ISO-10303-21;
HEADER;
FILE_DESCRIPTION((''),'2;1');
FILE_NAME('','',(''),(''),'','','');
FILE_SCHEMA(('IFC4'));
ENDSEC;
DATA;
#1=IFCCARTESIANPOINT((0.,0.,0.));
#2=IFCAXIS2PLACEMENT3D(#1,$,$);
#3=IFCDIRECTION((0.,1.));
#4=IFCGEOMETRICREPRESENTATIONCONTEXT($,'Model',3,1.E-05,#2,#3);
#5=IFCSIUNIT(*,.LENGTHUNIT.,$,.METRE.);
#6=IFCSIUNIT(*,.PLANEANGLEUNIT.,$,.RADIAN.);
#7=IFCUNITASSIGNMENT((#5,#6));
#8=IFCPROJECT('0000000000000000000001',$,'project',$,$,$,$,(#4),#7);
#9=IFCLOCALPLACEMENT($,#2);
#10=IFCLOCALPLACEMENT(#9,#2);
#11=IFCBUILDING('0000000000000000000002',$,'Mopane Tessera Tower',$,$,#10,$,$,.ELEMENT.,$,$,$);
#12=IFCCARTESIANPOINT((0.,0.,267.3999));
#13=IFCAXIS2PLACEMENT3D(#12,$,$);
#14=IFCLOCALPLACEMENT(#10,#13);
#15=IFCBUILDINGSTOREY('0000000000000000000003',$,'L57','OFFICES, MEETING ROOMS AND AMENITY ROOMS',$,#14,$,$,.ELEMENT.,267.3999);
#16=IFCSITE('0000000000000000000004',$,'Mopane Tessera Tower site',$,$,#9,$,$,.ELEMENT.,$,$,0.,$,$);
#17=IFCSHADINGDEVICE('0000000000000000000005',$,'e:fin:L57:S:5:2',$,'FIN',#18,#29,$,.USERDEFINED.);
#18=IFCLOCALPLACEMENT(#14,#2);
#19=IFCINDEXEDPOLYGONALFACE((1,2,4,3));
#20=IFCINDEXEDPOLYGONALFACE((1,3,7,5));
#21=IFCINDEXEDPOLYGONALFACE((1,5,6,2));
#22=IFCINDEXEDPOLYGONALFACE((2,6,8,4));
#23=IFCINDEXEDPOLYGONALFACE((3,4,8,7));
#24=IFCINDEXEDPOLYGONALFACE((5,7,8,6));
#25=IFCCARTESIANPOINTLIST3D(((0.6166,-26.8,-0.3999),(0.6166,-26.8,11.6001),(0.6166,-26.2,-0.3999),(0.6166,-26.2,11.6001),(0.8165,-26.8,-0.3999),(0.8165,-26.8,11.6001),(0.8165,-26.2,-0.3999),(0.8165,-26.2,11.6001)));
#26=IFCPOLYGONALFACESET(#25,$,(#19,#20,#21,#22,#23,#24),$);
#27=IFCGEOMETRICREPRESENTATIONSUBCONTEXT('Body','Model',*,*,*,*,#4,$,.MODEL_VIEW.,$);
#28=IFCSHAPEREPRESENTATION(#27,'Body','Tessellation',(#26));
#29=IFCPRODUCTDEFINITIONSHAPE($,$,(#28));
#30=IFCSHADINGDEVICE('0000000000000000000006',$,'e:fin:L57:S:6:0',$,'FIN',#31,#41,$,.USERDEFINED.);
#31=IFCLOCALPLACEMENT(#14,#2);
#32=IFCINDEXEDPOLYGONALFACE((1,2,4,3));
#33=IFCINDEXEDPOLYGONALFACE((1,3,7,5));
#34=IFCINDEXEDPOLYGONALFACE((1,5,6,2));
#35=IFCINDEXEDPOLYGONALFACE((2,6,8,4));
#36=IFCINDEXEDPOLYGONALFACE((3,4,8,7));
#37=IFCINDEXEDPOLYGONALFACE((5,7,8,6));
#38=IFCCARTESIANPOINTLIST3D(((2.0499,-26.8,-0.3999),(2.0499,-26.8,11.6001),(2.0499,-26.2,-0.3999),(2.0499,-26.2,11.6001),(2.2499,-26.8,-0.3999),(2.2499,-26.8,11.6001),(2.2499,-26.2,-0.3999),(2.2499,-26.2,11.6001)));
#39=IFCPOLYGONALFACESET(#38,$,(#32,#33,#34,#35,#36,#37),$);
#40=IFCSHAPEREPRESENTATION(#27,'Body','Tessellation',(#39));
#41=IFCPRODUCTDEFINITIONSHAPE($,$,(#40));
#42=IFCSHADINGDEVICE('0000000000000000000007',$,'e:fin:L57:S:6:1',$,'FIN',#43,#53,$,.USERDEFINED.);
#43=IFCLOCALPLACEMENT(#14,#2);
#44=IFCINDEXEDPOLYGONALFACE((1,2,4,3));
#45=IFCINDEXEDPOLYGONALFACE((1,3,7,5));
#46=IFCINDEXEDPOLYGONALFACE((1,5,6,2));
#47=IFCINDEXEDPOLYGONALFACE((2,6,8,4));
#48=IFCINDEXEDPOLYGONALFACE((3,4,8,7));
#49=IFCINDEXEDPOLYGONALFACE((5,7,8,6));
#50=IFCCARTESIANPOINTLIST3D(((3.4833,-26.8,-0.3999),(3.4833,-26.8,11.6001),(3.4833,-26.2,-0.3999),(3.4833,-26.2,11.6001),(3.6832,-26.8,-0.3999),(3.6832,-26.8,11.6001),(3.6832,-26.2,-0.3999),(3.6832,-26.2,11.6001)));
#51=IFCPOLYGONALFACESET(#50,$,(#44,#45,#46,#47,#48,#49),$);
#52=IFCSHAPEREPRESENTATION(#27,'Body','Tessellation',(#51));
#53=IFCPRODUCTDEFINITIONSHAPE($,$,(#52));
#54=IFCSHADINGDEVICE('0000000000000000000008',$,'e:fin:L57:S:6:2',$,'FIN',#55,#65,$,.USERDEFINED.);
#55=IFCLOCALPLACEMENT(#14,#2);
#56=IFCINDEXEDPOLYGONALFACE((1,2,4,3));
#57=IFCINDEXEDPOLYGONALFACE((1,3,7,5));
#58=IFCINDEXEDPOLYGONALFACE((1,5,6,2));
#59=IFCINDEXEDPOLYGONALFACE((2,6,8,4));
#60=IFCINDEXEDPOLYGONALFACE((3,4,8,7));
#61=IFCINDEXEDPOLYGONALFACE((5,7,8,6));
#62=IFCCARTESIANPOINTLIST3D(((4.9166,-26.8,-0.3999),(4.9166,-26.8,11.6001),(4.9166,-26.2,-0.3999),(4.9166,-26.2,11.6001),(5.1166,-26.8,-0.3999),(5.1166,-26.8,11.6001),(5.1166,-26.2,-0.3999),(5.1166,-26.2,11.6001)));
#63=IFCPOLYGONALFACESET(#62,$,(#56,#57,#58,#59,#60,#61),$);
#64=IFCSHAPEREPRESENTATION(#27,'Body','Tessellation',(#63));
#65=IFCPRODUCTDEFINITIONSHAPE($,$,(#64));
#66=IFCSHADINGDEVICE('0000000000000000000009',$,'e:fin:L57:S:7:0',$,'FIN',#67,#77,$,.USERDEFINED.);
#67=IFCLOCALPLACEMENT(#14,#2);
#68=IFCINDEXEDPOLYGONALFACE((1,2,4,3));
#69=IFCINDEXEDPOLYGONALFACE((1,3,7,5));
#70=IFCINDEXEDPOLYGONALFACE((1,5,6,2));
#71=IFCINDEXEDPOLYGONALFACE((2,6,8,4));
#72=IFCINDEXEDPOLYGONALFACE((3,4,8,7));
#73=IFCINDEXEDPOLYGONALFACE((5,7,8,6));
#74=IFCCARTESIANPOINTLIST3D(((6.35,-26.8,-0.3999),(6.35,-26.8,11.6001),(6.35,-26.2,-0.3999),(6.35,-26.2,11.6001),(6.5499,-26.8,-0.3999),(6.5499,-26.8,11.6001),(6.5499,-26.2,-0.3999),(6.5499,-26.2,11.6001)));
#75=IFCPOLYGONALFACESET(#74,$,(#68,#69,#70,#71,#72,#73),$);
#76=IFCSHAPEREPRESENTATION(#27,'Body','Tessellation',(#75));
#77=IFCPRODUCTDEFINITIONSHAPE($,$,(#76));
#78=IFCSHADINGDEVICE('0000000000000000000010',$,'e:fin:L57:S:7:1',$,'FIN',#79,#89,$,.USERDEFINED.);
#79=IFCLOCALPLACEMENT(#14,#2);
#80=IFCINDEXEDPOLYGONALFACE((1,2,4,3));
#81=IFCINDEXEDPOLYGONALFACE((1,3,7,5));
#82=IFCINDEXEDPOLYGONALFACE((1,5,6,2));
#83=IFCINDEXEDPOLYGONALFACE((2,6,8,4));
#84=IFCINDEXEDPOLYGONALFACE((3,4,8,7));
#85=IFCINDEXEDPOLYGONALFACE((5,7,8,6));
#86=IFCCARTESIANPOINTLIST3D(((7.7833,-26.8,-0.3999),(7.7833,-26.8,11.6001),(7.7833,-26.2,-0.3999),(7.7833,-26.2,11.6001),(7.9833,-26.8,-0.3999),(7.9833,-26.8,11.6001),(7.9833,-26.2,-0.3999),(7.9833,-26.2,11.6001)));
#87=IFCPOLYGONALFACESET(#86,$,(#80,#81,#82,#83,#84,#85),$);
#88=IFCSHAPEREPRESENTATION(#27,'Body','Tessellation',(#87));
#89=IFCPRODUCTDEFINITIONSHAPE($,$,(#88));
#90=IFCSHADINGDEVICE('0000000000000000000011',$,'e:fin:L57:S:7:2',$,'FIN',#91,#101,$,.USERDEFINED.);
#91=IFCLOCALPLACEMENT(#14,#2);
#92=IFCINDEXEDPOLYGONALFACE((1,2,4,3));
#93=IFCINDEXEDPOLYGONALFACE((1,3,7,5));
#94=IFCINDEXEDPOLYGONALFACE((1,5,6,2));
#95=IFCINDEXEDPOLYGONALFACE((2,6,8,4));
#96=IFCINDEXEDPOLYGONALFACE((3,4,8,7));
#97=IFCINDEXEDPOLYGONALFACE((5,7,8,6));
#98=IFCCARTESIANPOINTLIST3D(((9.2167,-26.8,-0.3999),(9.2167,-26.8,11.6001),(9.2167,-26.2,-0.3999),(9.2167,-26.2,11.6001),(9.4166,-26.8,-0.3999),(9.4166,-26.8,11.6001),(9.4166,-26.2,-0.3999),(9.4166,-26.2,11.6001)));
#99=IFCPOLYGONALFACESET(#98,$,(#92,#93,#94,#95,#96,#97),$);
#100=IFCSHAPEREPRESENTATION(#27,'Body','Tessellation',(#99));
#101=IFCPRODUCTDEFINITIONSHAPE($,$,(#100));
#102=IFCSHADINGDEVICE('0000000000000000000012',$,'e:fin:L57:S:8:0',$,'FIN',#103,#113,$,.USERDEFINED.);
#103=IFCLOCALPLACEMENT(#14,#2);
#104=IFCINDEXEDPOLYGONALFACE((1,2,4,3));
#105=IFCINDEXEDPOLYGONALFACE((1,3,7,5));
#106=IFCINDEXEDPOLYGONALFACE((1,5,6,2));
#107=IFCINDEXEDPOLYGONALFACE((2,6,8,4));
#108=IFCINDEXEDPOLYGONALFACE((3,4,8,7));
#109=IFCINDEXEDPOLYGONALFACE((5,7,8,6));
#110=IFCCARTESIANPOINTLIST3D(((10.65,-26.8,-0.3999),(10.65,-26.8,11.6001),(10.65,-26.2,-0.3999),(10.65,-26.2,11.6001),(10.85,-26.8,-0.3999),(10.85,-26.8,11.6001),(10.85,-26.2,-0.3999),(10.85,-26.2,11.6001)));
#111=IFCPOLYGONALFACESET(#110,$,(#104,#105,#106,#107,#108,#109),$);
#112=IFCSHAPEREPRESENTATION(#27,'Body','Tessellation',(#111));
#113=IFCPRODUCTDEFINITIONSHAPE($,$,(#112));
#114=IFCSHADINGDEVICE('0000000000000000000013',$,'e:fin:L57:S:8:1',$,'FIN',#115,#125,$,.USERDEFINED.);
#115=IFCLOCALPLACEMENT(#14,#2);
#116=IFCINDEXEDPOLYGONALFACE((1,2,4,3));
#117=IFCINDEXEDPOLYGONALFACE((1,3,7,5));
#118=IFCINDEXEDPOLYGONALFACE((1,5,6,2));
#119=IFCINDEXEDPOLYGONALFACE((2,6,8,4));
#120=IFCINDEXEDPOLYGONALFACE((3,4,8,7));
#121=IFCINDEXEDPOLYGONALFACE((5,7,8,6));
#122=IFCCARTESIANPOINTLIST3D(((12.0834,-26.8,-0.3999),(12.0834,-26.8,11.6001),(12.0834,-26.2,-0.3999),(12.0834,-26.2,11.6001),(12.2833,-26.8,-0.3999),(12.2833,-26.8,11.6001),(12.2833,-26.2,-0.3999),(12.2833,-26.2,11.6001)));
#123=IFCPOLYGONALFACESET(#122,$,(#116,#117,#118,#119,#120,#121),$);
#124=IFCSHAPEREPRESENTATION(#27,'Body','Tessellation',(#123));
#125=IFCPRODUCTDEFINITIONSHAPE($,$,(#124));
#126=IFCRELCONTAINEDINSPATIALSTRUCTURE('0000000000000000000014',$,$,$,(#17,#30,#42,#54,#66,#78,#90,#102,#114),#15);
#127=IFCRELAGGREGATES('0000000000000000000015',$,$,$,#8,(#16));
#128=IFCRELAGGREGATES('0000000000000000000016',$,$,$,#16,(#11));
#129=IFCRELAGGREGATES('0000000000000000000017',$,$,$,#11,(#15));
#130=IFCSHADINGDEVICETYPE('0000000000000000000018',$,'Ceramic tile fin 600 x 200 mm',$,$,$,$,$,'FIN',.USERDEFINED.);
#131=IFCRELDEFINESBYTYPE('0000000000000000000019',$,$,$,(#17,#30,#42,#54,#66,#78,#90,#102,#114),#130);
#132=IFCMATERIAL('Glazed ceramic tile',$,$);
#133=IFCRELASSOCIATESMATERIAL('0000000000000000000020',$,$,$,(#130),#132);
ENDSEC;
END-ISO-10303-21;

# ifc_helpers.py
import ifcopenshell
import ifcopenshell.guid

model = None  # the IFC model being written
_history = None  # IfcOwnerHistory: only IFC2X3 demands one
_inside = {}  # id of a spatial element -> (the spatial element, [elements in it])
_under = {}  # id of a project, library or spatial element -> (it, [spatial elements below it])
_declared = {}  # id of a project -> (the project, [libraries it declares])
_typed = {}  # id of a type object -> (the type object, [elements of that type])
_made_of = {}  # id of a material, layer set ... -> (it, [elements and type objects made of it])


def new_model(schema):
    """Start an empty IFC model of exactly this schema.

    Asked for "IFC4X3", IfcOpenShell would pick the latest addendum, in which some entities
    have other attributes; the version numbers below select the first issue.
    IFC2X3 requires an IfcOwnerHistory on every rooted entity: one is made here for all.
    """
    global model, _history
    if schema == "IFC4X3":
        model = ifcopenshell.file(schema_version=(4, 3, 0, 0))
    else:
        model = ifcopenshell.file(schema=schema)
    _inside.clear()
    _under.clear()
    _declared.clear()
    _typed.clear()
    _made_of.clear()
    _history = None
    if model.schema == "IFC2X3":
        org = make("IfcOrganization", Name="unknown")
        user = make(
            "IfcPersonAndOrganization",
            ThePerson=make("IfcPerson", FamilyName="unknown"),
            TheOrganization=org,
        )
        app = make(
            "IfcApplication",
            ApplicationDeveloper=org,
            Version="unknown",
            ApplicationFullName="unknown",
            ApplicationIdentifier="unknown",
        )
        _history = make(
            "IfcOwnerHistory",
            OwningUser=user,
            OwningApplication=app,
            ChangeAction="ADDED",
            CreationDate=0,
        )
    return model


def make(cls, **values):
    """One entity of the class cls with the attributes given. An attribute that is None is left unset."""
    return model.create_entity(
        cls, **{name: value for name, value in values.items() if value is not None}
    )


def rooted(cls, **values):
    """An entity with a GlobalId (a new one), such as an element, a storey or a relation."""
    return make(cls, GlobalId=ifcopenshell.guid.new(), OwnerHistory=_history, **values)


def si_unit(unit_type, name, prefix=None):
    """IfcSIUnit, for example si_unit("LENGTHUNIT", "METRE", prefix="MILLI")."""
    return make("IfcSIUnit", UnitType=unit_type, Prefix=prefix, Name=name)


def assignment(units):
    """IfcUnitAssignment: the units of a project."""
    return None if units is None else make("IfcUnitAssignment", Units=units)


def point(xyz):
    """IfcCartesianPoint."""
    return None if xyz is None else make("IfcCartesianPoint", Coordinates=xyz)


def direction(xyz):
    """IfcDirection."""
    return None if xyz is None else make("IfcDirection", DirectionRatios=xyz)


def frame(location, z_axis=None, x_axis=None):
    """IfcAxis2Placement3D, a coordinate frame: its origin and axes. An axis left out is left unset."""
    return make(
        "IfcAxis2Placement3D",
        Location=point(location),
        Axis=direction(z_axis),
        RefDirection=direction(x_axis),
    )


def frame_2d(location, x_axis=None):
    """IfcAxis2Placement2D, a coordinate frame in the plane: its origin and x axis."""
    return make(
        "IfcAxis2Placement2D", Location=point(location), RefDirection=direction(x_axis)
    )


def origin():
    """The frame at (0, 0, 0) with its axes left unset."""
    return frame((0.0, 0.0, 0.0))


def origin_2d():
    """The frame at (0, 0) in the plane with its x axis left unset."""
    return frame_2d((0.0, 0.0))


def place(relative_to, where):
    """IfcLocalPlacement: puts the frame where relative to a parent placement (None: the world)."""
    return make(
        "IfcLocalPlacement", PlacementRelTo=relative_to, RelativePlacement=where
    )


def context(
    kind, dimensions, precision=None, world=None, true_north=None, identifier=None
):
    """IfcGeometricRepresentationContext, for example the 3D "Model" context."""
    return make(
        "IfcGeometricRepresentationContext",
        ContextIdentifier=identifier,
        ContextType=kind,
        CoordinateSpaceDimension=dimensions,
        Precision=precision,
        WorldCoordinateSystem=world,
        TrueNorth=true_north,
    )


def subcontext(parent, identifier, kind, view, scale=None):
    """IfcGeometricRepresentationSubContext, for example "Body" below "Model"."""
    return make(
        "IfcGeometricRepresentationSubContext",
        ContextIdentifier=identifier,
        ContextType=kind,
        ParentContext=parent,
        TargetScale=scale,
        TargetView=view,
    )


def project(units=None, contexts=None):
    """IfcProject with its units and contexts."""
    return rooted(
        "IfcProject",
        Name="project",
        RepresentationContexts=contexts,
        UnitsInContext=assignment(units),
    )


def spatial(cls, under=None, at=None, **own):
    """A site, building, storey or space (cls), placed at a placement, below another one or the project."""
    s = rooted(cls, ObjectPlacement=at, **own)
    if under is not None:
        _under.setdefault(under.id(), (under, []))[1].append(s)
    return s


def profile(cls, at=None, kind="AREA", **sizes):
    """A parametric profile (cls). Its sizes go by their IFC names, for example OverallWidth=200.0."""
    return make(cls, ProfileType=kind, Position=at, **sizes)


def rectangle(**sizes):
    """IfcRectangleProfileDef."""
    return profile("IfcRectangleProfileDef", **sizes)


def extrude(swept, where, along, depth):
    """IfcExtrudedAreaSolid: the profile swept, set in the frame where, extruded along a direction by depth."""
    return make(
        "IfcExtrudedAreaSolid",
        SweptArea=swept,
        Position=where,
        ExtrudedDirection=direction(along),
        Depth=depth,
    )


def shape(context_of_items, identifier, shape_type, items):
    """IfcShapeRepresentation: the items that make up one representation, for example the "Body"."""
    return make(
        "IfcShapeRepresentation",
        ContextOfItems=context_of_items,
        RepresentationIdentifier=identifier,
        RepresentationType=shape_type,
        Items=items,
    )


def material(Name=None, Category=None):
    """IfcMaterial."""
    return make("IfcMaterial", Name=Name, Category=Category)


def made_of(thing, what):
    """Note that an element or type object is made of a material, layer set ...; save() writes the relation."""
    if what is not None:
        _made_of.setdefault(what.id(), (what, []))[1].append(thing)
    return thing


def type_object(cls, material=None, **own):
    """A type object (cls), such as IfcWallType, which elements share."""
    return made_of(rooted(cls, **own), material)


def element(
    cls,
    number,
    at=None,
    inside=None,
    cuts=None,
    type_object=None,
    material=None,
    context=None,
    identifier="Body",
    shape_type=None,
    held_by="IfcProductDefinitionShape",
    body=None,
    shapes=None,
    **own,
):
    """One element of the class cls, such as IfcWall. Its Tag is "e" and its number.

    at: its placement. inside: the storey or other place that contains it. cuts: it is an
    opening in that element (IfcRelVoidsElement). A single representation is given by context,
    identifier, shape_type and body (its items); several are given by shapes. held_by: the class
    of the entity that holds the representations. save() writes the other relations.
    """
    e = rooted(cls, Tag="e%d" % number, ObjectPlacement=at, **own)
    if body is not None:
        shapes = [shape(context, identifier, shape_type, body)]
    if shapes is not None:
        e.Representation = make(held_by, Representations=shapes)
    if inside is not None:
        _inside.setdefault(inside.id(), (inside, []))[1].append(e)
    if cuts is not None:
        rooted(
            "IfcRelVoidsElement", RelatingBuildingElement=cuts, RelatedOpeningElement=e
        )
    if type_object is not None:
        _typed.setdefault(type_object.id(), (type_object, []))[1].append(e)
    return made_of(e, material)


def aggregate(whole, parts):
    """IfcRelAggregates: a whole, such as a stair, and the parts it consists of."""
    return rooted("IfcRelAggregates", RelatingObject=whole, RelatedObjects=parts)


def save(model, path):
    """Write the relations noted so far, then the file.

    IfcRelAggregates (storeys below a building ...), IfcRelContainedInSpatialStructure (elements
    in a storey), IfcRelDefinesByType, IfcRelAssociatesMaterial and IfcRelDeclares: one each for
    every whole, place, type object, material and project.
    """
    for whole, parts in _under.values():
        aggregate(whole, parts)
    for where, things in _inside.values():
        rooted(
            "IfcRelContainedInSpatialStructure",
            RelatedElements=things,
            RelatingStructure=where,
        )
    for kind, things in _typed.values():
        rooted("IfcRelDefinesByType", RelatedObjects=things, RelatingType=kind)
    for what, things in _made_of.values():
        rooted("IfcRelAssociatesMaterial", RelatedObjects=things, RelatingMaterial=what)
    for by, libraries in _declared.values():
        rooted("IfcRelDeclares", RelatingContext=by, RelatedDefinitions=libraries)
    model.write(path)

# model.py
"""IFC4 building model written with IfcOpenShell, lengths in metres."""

from ifc_helpers import new_model, si_unit, direction, frame, origin, origin_2d, place, context, subcontext, project, spatial, rectangle, extrude, material, type_object, element, save


model = new_model("IFC4")

# Units and contexts
model_context = context("Model", 3, precision=1e-05, world=origin(), true_north=direction((0.0, 1.0)))
body_context = subcontext(model_context, "Body", "Model", "MODEL_VIEW")
ifc_project = project(units=[si_unit("LENGTHUNIT", "METRE"), si_unit("PLANEANGLEUNIT", "RADIAN")], contexts=[model_context])

# Site, building, storey
site_placement = place(None, origin())
site = spatial("IfcSite", under=ifc_project, at=site_placement, Name="Mopane Tessera Tower site", CompositionType="ELEMENT", RefElevation=0.0)
building_placement = place(site_placement, origin())
building = spatial("IfcBuilding", under=site, at=building_placement, Name="Mopane Tessera Tower", CompositionType="ELEMENT")
storey_placement = place(building_placement, frame((0.0, 0.0, 267.3999)))
storey = spatial("IfcBuildingStorey", under=building, at=storey_placement, Name="L57", Description="OFFICES, MEETING ROOMS AND AMENITY ROOMS", CompositionType="ELEMENT", Elevation=267.3999)

# Shading devices
ifc_material_1 = material(Name="Glazed ceramic tile")
shading_device_type = type_object("IfcShadingDeviceType", Name="Ceramic tile fin 600 x 200 mm", ElementType="FIN", PredefinedType="USERDEFINED", material=ifc_material_1)
for number, where, z_axis, x_axis, name in (
    (1, (0.7166, -26.5, -0.3999), (0.0, 0.0, 1.0), (1.0, 0.0, 0.0), "e:fin:L57:S:5:2"),
    (2, (2.1499, -26.5, -0.3999), (0.0, 0.0, 1.0), (1.0, 0.0, 0.0), "e:fin:L57:S:6:0"),
    (3, (3.5833, -26.5, -0.3999), (0.0, 0.0, 1.0), (1.0, 0.0, 0.0), "e:fin:L57:S:6:1"),
    (4, (5.0166, -26.5, -0.3999), (0.0, 0.0, 1.0), (1.0, 0.0, 0.0), "e:fin:L57:S:6:2"),
    (5, (6.45, -26.5, -0.3999), (0.0, 0.0, 1.0), (1.0, 0.0, 0.0), "e:fin:L57:S:7:0"),
    (6, (7.8833, -26.5, -0.3999), (0.0, 0.0, 1.0), (1.0, 0.0, 0.0), "e:fin:L57:S:7:1"),
    (7, (9.3167, -26.5, -0.3999), (0.0, 0.0, 1.0), (1.0, 0.0, 0.0), "e:fin:L57:S:7:2"),
    (8, (10.75, -26.5, -0.3999), (0.0, 0.0, 1.0), (1.0, 0.0, 0.0), "e:fin:L57:S:8:0"),
    (9, (12.1833, -26.5, -0.3999), (0.0, 0.0, 1.0), (1.0, 0.0, 0.0), "e:fin:L57:S:8:1"),
):
    element("IfcShadingDevice", number, at=place(storey_placement, frame(where, z_axis=z_axis, x_axis=x_axis)), inside=storey, type_object=shading_device_type, Name=name, ObjectType="FIN", PredefinedType="USERDEFINED", context=body_context, shape_type="SweptSolid", body=[
        extrude(rectangle(XDim=0.2, YDim=0.6001, at=origin_2d()), origin(), (0.0, 0.0, 1.0), 12.0),
    ])

save(model, "model.ifc")
